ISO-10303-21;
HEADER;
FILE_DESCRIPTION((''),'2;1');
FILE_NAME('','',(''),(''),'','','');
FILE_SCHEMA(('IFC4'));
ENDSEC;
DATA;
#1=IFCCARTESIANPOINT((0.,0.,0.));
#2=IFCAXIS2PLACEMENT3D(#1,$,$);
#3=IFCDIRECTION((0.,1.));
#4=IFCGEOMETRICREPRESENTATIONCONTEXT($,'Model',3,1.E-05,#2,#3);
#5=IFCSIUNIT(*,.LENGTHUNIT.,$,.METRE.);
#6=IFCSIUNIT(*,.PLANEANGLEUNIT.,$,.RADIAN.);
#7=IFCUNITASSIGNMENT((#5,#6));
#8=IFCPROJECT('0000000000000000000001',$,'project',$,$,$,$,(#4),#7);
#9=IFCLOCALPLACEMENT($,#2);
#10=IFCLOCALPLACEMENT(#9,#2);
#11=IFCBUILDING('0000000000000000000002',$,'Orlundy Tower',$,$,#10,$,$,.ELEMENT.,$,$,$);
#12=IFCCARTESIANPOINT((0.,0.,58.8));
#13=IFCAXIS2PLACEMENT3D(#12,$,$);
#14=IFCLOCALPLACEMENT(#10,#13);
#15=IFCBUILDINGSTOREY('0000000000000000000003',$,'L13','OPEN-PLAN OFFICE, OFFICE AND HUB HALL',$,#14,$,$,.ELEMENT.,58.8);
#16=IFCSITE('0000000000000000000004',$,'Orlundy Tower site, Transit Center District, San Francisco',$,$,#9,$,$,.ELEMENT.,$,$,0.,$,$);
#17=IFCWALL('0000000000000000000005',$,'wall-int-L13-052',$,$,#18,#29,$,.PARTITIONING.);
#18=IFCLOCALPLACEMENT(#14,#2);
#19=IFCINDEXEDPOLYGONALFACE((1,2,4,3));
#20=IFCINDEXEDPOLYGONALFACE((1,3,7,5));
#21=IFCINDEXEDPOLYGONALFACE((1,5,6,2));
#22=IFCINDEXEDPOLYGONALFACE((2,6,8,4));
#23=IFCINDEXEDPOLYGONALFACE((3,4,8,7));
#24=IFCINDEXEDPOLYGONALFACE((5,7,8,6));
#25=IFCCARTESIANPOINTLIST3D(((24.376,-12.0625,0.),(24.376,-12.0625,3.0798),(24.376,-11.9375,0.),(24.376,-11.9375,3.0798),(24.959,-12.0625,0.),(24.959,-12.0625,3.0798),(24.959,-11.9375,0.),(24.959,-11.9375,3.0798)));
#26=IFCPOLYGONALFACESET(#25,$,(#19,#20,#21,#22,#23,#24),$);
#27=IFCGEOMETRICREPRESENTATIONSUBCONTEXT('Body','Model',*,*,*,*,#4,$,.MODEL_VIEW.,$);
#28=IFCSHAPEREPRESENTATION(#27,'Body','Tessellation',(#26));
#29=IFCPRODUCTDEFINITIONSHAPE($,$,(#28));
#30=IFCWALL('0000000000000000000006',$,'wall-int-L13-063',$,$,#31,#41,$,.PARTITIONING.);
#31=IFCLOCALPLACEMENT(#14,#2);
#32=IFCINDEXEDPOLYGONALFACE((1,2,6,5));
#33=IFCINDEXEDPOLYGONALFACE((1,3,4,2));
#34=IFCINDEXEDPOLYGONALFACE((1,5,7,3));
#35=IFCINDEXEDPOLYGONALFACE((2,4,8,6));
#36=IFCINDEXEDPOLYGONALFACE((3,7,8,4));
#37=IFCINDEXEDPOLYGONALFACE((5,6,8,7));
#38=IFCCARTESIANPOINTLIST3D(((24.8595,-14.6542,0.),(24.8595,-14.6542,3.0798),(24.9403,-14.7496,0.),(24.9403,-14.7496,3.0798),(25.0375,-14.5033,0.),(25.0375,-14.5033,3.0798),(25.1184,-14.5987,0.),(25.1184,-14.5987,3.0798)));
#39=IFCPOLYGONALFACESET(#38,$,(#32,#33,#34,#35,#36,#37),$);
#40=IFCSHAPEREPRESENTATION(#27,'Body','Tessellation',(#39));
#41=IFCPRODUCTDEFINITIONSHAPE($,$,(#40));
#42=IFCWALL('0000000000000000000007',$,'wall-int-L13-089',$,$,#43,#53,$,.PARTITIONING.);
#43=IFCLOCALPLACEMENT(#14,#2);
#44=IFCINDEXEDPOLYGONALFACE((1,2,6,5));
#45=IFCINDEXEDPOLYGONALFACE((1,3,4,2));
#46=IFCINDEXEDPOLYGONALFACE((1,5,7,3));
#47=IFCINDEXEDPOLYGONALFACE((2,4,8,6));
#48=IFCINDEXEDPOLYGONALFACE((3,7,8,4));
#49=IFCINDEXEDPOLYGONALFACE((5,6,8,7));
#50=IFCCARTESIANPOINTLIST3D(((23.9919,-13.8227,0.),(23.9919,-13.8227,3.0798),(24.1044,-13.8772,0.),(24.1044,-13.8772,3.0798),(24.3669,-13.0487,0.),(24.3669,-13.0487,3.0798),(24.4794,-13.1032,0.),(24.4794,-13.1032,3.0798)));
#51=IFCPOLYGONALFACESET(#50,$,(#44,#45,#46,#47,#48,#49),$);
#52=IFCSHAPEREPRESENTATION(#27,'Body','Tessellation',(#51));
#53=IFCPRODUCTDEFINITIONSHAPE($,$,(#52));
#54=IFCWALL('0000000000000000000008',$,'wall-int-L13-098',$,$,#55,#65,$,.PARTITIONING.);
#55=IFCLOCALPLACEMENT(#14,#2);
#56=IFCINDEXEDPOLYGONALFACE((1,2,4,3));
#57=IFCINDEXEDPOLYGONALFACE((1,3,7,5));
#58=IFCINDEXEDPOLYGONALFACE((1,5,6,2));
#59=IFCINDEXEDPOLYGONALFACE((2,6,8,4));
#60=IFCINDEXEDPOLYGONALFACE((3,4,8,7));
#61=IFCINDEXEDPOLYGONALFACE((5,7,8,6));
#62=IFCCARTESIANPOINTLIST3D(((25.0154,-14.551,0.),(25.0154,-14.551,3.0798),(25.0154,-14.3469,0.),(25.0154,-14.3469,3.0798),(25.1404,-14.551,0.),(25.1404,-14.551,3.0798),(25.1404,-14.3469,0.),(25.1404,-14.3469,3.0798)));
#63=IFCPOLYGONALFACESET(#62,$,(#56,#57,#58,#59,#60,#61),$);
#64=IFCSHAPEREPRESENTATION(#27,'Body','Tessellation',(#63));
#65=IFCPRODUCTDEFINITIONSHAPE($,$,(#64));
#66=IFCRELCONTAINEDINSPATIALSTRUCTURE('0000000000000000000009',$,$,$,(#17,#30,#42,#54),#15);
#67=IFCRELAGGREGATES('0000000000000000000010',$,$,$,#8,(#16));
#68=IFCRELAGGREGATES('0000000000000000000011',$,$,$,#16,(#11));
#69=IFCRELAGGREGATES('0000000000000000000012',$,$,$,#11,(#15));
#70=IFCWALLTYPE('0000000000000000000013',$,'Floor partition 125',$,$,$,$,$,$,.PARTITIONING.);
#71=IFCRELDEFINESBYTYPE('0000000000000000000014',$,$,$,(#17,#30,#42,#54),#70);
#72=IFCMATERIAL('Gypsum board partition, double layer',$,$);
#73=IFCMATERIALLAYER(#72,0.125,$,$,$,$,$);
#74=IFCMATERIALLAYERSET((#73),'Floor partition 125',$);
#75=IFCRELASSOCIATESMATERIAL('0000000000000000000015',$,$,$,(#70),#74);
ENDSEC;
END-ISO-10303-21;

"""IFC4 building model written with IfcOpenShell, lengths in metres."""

from ifc_helpers import new_model, si_unit, direction, frame, frame_2d, origin, place, context, subcontext, project, spatial, rectangle, extrude, material, layer, layer_set, type_object, element, save


model = new_model("IFC4")

# Units and contexts
model_context = context("Model", 3, precision=1e-05, world=origin(), true_north=direction((0.0, 1.0)))
body_context = subcontext(model_context, "Body", "Model", "MODEL_VIEW")
ifc_project = project(units=[si_unit("LENGTHUNIT", "METRE"), si_unit("PLANEANGLEUNIT", "RADIAN")], contexts=[model_context])

# Site, building, storey
site_placement = place(None, origin())
site = spatial("IfcSite", under=ifc_project, at=site_placement, Name="Orlundy Tower site, Transit Center District, San Francisco", CompositionType="ELEMENT", RefElevation=0.0)
building_placement = place(site_placement, origin())
building = spatial("IfcBuilding", under=site, at=building_placement, Name="Orlundy Tower", CompositionType="ELEMENT")
storey_placement = place(building_placement, frame((0.0, 0.0, 58.8)))
storey = spatial("IfcBuildingStorey", under=building, at=storey_placement, Name="L13", Description="OPEN-PLAN OFFICE, OFFICE AND HUB HALL", CompositionType="ELEMENT", Elevation=58.8)

# Shared definitions
ifc_material_1 = material(Name="Gypsum board partition, double layer")
ifc_layer_1 = layer(ifc_material_1, 0.125)
ifc_layer_set_1 = layer_set([ifc_layer_1], Name="Floor partition 125")
wall_type_1 = type_object("IfcWallType", Name="Floor partition 125", PredefinedType="PARTITIONING", material=ifc_layer_set_1)

# Walls
wall_1_placement = place(storey_placement, frame((24.376, -12.0, 0.0), z_axis=(0.0, 0.0, 1.0), x_axis=(1.0, 0.0, 0.0)))
element("IfcWall", 1, at=wall_1_placement, inside=storey, type_object=wall_type_1, Name="wall-int-L13-052", PredefinedType="PARTITIONING", context=body_context, shape_type="SweptSolid", body=[
    extrude(rectangle(XDim=0.583, YDim=0.125, at=frame_2d((0.2915, 0.0))), origin(), (0.0, 0.0, 1.0), 3.0798),
])
wall_2_placement = place(storey_placement, frame((24.8999, -14.7019, 0.0), z_axis=(0.0, 0.0, 1.0), x_axis=(0.762791, 0.646646, 0.0)))
element("IfcWall", 2, at=wall_2_placement, inside=storey, type_object=wall_type_1, Name="wall-int-L13-063", PredefinedType="PARTITIONING", context=body_context, shape_type="SweptSolid", body=[
    extrude(rectangle(XDim=0.2334, YDim=0.125, at=frame_2d((0.1167, 0.0))), origin(), (0.0, 0.0, 1.0), 3.0798),
])
wall_3_placement = place(storey_placement, frame((24.0481, -13.8501, 0.0), z_axis=(0.0, 0.0, 1.0), x_axis=(0.435939, 0.899976, 0.0)))
element("IfcWall", 3, at=wall_3_placement, inside=storey, type_object=wall_type_1, Name="wall-int-L13-089", PredefinedType="PARTITIONING", context=body_context, shape_type="SweptSolid", body=[
    extrude(rectangle(XDim=0.8601, YDim=0.125, at=frame_2d((0.4302, 0.0))), origin(), (0.0, 0.0, 1.0), 3.0798),
])
wall_4_placement = place(storey_placement, frame((25.0779, -14.551, 0.0), z_axis=(0.0, 0.0, 1.0), x_axis=(0.0, 1.0, 0.0)))
element("IfcWall", 4, at=wall_4_placement, inside=storey, type_object=wall_type_1, Name="wall-int-L13-098", PredefinedType="PARTITIONING", context=body_context, shape_type="SweptSolid", body=[
    extrude(rectangle(XDim=0.2041, YDim=0.125, at=frame_2d((0.1021, 0.0))), origin(), (0.0, 0.0, 1.0), 3.0798),
])

save(model, "model.ifc")
